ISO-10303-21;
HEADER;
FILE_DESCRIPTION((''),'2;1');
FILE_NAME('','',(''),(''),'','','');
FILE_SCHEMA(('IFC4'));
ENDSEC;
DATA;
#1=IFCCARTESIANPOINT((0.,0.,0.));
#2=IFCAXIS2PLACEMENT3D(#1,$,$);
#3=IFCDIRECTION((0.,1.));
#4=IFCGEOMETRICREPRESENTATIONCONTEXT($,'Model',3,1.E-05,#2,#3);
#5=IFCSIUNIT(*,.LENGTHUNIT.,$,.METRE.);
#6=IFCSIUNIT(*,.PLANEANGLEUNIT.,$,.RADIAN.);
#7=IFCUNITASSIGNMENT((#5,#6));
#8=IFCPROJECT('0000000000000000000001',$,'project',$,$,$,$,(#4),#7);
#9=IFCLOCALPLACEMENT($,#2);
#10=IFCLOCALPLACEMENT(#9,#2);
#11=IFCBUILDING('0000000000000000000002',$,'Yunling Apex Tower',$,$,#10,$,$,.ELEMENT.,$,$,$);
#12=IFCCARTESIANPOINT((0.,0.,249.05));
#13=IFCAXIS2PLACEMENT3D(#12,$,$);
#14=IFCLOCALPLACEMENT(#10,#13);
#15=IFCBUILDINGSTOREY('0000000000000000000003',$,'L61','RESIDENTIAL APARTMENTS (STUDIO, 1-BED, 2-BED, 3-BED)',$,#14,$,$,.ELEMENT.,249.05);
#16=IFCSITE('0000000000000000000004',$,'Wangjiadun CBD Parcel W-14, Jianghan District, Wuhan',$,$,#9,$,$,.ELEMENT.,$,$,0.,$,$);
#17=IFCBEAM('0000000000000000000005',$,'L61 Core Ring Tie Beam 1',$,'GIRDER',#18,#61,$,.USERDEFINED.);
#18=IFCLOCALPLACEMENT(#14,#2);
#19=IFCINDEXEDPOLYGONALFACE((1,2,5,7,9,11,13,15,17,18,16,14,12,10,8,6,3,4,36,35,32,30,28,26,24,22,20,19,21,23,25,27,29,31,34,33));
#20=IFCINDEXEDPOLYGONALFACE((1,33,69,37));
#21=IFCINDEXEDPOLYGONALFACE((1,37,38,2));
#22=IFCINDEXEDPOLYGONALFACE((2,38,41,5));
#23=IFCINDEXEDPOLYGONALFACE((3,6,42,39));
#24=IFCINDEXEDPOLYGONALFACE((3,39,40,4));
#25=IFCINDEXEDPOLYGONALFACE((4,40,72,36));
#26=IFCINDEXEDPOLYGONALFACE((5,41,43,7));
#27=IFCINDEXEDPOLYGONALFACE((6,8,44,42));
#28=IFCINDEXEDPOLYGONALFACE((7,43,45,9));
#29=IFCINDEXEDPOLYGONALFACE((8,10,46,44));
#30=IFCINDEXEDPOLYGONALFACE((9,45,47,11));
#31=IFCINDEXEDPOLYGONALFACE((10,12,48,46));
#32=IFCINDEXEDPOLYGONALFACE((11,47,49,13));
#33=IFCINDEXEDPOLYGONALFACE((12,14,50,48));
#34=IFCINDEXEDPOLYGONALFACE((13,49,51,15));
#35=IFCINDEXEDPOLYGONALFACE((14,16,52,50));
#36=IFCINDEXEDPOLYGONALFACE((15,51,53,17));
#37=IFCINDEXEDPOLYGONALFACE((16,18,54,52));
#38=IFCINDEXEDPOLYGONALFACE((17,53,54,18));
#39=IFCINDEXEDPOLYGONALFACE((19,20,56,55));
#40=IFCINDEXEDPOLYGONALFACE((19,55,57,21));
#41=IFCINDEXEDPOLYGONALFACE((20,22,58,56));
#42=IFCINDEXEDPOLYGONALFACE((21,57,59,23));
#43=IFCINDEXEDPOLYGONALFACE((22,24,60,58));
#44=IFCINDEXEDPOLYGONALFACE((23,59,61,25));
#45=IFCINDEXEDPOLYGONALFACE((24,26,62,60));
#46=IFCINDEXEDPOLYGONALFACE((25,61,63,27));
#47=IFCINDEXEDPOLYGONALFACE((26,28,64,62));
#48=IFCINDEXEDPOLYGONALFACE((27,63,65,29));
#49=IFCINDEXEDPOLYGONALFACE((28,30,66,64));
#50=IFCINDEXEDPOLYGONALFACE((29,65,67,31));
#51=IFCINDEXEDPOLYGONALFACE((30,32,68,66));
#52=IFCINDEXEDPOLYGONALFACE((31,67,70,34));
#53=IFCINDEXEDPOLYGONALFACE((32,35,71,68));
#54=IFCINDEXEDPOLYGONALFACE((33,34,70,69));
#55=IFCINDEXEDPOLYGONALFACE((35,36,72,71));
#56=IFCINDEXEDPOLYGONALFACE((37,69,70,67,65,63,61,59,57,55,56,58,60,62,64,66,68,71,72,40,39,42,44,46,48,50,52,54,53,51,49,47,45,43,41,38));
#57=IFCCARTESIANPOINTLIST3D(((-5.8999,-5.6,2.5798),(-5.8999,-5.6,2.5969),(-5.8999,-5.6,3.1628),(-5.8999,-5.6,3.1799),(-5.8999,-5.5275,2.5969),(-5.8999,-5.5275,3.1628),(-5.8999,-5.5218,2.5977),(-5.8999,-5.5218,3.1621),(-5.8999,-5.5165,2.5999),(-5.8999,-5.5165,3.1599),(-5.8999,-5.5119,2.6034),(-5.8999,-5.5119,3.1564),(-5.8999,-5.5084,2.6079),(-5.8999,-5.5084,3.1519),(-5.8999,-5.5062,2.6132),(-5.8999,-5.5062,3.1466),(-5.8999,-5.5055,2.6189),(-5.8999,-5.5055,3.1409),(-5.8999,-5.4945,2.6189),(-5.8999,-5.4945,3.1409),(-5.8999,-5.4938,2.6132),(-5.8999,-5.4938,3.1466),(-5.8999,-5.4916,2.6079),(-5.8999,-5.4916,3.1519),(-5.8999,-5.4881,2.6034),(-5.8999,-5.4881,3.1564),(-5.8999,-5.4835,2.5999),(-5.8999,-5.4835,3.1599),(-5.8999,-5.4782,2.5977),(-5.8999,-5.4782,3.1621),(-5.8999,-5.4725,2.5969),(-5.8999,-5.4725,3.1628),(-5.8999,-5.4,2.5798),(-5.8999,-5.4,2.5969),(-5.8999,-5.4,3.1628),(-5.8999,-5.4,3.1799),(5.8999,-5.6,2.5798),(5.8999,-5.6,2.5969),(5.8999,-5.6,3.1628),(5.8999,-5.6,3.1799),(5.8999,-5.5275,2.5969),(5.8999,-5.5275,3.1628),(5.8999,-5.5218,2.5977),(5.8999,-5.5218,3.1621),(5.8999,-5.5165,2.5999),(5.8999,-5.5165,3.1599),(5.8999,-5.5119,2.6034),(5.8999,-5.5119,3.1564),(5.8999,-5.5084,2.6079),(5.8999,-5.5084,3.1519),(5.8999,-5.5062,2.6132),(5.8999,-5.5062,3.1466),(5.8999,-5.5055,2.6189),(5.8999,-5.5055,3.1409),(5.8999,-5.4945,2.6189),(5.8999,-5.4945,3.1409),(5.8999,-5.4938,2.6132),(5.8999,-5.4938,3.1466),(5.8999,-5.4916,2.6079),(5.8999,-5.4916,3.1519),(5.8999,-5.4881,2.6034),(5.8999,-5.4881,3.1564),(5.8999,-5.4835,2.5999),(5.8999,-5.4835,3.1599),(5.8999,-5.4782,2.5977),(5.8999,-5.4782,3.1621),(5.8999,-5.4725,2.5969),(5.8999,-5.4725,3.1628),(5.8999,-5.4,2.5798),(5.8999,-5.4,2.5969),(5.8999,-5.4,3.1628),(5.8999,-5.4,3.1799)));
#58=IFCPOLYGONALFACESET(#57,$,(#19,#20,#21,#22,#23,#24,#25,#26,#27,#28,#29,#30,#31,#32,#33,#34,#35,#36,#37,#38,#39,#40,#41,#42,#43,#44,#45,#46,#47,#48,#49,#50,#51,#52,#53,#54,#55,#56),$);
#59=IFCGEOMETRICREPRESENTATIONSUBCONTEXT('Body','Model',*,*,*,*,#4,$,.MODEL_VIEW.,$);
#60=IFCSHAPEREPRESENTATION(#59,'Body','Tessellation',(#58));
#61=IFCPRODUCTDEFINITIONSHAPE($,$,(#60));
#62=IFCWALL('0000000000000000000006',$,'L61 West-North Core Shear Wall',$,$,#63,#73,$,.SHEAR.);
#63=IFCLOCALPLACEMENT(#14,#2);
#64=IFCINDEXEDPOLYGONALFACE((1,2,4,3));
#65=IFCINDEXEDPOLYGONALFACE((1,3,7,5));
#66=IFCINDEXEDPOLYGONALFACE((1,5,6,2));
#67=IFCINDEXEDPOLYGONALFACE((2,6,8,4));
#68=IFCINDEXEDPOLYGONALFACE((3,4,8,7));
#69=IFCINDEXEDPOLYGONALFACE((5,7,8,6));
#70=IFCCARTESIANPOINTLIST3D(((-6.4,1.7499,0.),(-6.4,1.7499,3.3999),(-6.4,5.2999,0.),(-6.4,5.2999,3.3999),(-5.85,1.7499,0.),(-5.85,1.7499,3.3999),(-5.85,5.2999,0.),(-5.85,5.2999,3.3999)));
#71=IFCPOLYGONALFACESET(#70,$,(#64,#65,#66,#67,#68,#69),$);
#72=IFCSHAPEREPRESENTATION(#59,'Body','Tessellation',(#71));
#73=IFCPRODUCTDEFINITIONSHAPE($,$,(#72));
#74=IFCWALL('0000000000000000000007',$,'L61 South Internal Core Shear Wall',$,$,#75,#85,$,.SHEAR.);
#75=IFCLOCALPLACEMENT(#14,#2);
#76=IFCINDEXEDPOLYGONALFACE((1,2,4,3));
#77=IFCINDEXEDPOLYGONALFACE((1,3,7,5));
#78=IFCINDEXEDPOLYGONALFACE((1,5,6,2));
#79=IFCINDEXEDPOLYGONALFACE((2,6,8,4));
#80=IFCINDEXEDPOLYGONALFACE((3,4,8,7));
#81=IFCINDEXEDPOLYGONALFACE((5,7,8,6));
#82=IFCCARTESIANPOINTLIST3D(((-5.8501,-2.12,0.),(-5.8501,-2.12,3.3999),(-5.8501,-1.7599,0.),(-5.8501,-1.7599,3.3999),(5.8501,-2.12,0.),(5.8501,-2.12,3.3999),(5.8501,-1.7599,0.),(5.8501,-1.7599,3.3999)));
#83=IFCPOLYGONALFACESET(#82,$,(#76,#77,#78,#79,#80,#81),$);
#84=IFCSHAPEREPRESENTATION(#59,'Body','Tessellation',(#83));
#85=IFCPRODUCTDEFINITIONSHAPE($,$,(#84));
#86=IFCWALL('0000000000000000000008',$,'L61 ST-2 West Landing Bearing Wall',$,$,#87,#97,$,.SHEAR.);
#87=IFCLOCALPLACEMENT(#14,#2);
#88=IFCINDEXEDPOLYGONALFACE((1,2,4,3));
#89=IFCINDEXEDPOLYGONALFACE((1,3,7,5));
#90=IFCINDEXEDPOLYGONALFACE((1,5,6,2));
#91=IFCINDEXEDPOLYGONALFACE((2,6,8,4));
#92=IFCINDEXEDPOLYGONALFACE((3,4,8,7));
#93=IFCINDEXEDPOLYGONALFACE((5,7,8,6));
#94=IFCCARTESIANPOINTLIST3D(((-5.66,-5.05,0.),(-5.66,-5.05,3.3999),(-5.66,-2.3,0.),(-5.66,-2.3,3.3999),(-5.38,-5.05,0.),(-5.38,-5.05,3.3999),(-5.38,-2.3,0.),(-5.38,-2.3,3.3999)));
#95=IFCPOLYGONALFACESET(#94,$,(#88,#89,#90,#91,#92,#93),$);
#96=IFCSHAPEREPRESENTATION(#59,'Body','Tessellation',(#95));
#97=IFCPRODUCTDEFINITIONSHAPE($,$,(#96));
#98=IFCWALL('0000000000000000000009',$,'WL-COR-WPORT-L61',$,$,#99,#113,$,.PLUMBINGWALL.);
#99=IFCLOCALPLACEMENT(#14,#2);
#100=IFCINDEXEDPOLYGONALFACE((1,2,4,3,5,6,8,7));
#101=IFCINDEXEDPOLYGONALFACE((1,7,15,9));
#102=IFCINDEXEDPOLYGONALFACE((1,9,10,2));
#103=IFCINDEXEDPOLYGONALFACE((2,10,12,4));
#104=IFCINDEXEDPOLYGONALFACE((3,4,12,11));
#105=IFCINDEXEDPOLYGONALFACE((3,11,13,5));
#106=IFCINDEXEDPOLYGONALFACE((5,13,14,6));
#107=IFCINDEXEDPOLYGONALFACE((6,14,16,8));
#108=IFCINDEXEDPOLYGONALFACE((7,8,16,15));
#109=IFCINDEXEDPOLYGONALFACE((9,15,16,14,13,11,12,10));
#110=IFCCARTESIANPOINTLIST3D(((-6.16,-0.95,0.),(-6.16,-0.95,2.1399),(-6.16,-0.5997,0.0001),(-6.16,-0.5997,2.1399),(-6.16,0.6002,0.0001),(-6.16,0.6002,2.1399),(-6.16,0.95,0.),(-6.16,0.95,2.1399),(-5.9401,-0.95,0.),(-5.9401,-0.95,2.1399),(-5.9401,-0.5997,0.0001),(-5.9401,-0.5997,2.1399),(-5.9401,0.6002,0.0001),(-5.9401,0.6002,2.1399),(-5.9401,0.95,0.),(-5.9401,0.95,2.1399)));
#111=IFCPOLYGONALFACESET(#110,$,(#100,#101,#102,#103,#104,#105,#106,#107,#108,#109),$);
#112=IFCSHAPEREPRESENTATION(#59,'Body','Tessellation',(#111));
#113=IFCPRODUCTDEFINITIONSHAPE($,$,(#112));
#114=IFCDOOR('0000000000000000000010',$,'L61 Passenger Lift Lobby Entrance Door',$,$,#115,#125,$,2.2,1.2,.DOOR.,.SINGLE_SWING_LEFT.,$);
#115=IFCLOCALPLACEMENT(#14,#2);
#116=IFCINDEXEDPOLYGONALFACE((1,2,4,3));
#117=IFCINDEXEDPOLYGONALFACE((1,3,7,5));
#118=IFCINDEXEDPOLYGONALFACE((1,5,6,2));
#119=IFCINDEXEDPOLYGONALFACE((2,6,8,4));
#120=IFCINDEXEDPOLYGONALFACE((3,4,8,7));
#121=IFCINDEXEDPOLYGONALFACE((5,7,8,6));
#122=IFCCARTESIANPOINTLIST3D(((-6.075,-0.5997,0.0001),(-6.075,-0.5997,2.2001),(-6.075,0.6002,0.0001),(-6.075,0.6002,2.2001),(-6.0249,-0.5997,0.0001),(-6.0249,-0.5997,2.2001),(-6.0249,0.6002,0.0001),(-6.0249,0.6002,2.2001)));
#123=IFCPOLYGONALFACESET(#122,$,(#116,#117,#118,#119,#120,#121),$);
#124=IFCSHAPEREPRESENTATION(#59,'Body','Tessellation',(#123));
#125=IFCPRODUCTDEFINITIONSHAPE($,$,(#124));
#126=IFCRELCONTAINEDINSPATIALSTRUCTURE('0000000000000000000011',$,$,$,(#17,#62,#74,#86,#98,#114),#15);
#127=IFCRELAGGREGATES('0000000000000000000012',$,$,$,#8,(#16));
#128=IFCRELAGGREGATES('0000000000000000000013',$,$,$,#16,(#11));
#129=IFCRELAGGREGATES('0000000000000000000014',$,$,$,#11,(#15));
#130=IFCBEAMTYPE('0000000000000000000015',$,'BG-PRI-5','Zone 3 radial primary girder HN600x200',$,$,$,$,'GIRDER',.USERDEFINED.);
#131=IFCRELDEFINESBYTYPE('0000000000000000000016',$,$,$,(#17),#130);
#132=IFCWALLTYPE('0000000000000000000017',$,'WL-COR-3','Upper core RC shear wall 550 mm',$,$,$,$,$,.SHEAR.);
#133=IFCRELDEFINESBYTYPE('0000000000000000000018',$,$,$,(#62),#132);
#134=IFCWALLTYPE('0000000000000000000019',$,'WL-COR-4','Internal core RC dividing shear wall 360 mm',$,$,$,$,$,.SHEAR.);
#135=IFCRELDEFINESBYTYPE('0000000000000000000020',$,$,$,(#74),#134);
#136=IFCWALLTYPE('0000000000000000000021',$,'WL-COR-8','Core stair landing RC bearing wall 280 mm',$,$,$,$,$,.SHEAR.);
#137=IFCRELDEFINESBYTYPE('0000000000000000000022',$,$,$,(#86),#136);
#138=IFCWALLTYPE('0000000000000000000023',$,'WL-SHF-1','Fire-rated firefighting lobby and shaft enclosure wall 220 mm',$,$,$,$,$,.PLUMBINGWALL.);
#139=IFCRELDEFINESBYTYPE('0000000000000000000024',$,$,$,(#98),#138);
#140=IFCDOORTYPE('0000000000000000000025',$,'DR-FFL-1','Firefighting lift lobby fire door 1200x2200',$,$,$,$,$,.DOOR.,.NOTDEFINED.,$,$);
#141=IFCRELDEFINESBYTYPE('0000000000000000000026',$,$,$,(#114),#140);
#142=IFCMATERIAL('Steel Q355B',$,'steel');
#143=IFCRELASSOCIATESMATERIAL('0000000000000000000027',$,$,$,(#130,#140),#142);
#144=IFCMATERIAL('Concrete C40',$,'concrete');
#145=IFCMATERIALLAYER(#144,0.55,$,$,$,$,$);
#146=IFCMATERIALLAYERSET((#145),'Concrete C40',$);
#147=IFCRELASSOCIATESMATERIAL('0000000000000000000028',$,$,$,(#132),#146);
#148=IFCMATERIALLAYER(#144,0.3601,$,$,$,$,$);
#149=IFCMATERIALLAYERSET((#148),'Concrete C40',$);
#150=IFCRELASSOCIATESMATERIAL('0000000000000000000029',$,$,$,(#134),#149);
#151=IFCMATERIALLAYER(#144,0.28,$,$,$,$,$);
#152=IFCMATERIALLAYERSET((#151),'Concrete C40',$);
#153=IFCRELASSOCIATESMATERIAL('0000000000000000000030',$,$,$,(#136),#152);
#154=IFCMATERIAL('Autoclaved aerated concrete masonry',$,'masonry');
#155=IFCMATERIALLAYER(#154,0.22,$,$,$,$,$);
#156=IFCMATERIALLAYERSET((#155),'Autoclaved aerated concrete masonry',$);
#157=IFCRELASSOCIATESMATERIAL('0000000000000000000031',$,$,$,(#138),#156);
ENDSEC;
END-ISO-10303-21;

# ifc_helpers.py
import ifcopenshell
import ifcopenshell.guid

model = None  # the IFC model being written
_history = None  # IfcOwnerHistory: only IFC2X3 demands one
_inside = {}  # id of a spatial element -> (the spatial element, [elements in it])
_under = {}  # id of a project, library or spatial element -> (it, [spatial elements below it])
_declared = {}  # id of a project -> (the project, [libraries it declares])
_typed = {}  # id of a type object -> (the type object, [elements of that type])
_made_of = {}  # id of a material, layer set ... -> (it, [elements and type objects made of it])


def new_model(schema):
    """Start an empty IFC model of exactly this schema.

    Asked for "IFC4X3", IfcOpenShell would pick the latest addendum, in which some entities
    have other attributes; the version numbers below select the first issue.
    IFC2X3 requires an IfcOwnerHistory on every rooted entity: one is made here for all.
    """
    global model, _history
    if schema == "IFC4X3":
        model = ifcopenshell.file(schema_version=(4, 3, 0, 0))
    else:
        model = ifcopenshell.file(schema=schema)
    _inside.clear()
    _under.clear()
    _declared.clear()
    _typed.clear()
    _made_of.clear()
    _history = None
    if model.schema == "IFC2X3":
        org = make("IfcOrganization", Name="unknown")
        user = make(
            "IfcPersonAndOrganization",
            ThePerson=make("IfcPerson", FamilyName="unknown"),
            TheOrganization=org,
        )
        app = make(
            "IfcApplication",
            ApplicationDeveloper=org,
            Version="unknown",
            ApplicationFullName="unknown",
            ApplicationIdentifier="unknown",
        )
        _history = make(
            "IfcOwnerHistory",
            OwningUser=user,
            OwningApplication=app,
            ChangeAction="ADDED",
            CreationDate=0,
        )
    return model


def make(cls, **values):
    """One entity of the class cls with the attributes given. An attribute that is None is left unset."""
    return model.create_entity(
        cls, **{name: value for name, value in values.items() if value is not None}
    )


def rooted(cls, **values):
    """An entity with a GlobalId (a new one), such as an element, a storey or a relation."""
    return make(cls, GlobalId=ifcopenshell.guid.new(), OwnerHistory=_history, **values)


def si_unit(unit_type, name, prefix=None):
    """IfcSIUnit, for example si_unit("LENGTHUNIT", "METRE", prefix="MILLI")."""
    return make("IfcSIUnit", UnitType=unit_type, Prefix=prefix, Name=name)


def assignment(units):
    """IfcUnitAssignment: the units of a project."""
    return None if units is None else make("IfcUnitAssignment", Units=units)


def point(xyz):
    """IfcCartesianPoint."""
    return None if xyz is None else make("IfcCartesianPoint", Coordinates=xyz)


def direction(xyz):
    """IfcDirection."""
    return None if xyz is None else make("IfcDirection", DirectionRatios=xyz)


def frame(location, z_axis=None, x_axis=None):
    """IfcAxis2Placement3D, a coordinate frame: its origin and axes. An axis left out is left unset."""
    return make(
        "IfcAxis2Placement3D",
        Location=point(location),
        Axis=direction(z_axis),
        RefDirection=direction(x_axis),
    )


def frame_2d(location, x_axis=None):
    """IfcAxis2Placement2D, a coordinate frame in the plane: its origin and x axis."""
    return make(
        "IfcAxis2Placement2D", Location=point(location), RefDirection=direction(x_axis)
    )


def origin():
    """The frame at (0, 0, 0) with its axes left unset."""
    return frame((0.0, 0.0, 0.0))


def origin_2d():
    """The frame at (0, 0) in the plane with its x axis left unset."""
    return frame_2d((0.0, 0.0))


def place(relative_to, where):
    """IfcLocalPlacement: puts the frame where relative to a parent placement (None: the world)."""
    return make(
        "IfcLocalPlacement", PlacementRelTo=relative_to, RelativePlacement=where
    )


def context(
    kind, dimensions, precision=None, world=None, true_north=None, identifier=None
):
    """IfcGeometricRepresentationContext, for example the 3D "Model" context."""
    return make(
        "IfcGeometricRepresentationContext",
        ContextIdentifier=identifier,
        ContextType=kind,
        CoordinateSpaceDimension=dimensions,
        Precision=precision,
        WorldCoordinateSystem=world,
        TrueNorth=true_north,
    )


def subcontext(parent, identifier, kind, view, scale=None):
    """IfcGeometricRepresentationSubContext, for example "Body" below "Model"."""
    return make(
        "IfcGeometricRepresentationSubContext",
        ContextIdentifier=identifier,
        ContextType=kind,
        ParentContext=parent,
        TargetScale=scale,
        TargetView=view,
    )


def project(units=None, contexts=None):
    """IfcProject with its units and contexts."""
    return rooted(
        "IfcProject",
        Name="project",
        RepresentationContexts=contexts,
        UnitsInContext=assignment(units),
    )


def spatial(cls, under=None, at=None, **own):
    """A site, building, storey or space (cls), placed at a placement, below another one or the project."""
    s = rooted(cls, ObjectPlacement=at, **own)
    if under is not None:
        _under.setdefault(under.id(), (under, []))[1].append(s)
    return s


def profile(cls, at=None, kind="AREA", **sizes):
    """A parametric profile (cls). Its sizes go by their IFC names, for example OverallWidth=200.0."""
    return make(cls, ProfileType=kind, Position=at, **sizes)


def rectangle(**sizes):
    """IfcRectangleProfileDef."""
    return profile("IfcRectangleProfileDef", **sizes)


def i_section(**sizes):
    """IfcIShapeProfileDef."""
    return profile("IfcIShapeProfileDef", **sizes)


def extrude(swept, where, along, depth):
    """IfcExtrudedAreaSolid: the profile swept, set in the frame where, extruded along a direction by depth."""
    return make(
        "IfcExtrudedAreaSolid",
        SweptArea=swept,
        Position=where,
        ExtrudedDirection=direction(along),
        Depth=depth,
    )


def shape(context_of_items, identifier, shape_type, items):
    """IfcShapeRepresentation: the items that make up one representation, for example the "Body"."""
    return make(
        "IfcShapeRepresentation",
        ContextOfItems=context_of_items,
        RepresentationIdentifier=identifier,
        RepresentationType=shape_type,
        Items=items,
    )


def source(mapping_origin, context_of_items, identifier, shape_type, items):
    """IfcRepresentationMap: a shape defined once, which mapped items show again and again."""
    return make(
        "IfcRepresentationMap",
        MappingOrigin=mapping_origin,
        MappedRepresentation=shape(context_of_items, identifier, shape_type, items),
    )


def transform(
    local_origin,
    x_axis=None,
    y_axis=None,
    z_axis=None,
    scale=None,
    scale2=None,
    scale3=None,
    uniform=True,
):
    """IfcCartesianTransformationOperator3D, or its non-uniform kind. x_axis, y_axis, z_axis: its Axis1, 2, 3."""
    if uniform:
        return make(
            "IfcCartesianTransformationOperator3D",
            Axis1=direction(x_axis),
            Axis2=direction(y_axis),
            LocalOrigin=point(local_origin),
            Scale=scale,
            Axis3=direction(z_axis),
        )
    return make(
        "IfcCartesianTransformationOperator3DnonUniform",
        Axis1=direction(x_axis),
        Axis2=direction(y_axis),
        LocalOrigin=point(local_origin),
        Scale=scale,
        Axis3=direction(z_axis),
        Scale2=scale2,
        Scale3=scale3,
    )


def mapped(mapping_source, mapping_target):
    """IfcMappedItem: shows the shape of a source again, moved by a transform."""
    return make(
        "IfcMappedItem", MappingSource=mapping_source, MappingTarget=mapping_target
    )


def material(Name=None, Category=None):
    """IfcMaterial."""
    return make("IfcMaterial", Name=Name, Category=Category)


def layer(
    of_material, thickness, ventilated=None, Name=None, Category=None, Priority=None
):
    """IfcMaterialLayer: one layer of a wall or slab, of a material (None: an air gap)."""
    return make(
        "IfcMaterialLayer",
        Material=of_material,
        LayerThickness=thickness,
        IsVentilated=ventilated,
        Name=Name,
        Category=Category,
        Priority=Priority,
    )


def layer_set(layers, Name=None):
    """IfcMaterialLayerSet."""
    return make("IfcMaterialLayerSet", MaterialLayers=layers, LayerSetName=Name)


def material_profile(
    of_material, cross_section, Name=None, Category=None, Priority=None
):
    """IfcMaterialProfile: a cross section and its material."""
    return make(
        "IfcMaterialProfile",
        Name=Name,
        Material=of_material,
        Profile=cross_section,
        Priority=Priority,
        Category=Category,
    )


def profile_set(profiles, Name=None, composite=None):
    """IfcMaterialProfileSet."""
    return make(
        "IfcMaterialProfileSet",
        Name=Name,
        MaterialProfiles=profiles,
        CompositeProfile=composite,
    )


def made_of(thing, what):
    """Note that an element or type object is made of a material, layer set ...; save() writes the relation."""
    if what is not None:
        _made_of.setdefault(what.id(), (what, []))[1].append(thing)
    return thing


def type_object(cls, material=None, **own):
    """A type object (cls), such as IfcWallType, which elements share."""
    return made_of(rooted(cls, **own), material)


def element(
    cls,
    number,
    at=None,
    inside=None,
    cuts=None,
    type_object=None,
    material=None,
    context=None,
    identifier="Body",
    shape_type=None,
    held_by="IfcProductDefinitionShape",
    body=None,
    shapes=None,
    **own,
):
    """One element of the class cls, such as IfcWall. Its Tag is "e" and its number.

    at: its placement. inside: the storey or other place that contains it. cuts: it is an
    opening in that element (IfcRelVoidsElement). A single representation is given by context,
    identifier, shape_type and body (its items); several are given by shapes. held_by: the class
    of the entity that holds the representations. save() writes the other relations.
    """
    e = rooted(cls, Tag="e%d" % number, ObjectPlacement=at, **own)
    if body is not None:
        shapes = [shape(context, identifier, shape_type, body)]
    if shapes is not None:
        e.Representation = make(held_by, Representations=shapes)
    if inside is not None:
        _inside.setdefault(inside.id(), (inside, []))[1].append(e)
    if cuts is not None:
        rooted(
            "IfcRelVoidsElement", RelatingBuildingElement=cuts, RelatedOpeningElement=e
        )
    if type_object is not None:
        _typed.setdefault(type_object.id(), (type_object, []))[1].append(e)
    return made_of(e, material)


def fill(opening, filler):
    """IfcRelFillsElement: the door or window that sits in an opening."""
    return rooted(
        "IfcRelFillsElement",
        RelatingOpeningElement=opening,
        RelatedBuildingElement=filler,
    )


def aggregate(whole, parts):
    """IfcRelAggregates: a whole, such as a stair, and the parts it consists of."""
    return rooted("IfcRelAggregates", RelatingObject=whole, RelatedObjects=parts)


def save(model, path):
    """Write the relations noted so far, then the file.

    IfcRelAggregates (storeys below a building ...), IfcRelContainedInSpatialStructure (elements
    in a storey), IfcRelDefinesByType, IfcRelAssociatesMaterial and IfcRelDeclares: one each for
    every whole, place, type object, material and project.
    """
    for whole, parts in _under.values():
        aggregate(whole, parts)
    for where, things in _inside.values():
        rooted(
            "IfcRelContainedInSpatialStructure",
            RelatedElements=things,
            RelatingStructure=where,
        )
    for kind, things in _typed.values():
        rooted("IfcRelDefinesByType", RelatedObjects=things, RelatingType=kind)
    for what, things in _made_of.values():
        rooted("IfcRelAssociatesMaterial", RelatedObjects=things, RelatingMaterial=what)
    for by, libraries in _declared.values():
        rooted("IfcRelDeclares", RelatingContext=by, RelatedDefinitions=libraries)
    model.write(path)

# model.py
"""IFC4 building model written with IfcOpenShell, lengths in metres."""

from ifc_helpers import new_model, si_unit, direction, frame, frame_2d, origin, origin_2d, place, context, subcontext, project, spatial, rectangle, i_section, extrude, source, transform, mapped, material, layer, layer_set, material_profile, profile_set, type_object, element, fill, save


model = new_model("IFC4")

# Units and contexts
model_context = context("Model", 3, precision=1e-05, world=origin(), true_north=direction((0.0, 1.0)))
body_context = subcontext(model_context, "Body", "Model", "MODEL_VIEW")
ifc_project = project(units=[si_unit("LENGTHUNIT", "METRE"), si_unit("PLANEANGLEUNIT", "RADIAN")], contexts=[model_context])

# Site, building, storey
site_placement = place(None, origin())
site = spatial("IfcSite", under=ifc_project, at=site_placement, Name="Wangjiadun CBD Parcel W-14, Jianghan District, Wuhan", CompositionType="ELEMENT", RefElevation=0.0)
building_placement = place(site_placement, origin())
building = spatial("IfcBuilding", under=site, at=building_placement, Name="Yunling Apex Tower", CompositionType="ELEMENT")
storey_placement = place(building_placement, frame((0.0, 0.0, 249.05)))
storey = spatial("IfcBuildingStorey", under=building, at=storey_placement, Name="L61", Description="RESIDENTIAL APARTMENTS (STUDIO, 1-BED, 2-BED, 3-BED)", CompositionType="ELEMENT", Elevation=249.05)

# Beam
ifc_material_1 = material(Name="Steel Q355B", Category="steel")
ifc_material_2 = material(Name="Concrete C40", Category="concrete")
ifc_material_profile_1 = material_profile(ifc_material_1, i_section(OverallWidth=0.2, OverallDepth=0.6001, WebThickness=0.011, FlangeThickness=0.0171, FilletRadius=0.022, at=origin_2d()))
ifc_profile_set_1 = profile_set([ifc_material_profile_1], Name="Steel Q355B")
beam_type_1 = type_object("IfcBeamType", Name="BG-PRI-5", Description="Zone 3 radial primary girder HN600x200", ElementType="GIRDER", PredefinedType="USERDEFINED", material=ifc_profile_set_1)
shared_shape_1 = source(origin(), body_context, "Body", "SweptSolid", [
    extrude(i_section(OverallWidth=0.2, OverallDepth=0.6001, WebThickness=0.011, FlangeThickness=0.0171, FilletRadius=0.022, at=origin_2d()), origin(), (0.0, 0.0, 1.0), 11.7998),
])
beam_1_placement = place(storey_placement, frame((-5.8999, -5.5, 2.8799), z_axis=(1.0, 0.0, 0.0), x_axis=(0.0, 1.0, 0.0)))
element("IfcBeam", 1, at=beam_1_placement, inside=storey, type_object=beam_type_1, Name="L61 Core Ring Tie Beam 1", ObjectType="GIRDER", PredefinedType="USERDEFINED", context=body_context, shape_type="MappedRepresentation", body=[
    mapped(shared_shape_1, transform((0.0, 0.0, 0.0), scale=1.0)),
])

# Walls
ifc_layer_1 = layer(ifc_material_2, 0.55)
ifc_layer_set_1 = layer_set([ifc_layer_1], Name="Concrete C40")
wall_type_1 = type_object("IfcWallType", Name="WL-COR-3", Description="Upper core RC shear wall 550 mm", PredefinedType="SHEAR", material=ifc_layer_set_1)
wall_1_placement = place(storey_placement, frame((-6.125, 1.75, 0.0), z_axis=(0.0, 0.0, 1.0), x_axis=(0.0, 1.0, 0.0)))
element("IfcWall", 2, at=wall_1_placement, inside=storey, type_object=wall_type_1, Name="L61 West-North Core Shear Wall", PredefinedType="SHEAR", context=body_context, shape_type="SweptSolid", body=[
    extrude(rectangle(XDim=3.55, YDim=0.55, at=frame_2d((1.7749, 0.0))), origin(), (0.0, 0.0, 1.0), 3.3999),
])
ifc_layer_2 = layer(ifc_material_2, 0.3601)
ifc_layer_set_2 = layer_set([ifc_layer_2], Name="Concrete C40")
wall_type_2 = type_object("IfcWallType", Name="WL-COR-4", Description="Internal core RC dividing shear wall 360 mm", PredefinedType="SHEAR", material=ifc_layer_set_2)
wall_2_placement = place(storey_placement, frame((-5.8501, -1.9399, 0.0), z_axis=(0.0, 0.0, 1.0), x_axis=(1.0, 0.0, 0.0)))
element("IfcWall", 3, at=wall_2_placement, inside=storey, type_object=wall_type_2, Name="L61 South Internal Core Shear Wall", PredefinedType="SHEAR", context=body_context, shape_type="SweptSolid", body=[
    extrude(rectangle(XDim=11.7002, YDim=0.3601, at=frame_2d((5.8501, 0.0))), origin(), (0.0, 0.0, 1.0), 3.3999),
])
ifc_layer_3 = layer(ifc_material_2, 0.28)
ifc_layer_set_3 = layer_set([ifc_layer_3], Name="Concrete C40")
wall_type_3 = type_object("IfcWallType", Name="WL-COR-8", Description="Core stair landing RC bearing wall 280 mm", PredefinedType="SHEAR", material=ifc_layer_set_3)
wall_3_placement = place(storey_placement, frame((-5.52, -5.05, 0.0), z_axis=(0.0, 0.0, 1.0), x_axis=(0.0, 1.0, 0.0)))
element("IfcWall", 4, at=wall_3_placement, inside=storey, type_object=wall_type_3, Name="L61 ST-2 West Landing Bearing Wall", PredefinedType="SHEAR", context=body_context, shape_type="SweptSolid", body=[
    extrude(rectangle(XDim=2.75, YDim=0.28, at=frame_2d((1.375, 0.0))), origin(), (0.0, 0.0, 1.0), 3.3999),
])

# Wall, opening, door
ifc_material_3 = material(Name="Autoclaved aerated concrete masonry", Category="masonry")
ifc_layer_4 = layer(ifc_material_3, 0.22)
ifc_layer_set_4 = layer_set([ifc_layer_4], Name="Autoclaved aerated concrete masonry")
wall_type_4 = type_object("IfcWallType", Name="WL-SHF-1", Description="Fire-rated firefighting lobby and shaft enclosure wall 220 mm", PredefinedType="PLUMBINGWALL", material=ifc_layer_set_4)
wall_4_placement = place(storey_placement, frame((-6.05, -0.95, 0.0), z_axis=(0.0, 0.0, 1.0), x_axis=(0.0, 1.0, 0.0)))
wall_4 = element("IfcWall", 5, at=wall_4_placement, inside=storey, type_object=wall_type_4, Name="WL-COR-WPORT-L61", PredefinedType="PLUMBINGWALL", context=body_context, shape_type="SweptSolid", body=[
    extrude(rectangle(XDim=1.8999, YDim=0.22, at=frame_2d((0.95, 0.0))), origin(), (0.0, 0.0, 1.0), 2.1399),
])
opening_1_placement = place(wall_4_placement, frame((0.3501, 0.0, 0.0)))
opening_1 = element("IfcOpeningElement", 6, at=opening_1_placement, cuts=wall_4, PredefinedType="OPENING", context=body_context, shape_type="SweptSolid", body=[
    extrude(rectangle(XDim=1.2, YDim=2.2, at=frame_2d((0.6001, 1.1001))), frame((0.0, 0.1201, 0.0), z_axis=(0.0, -1.0, 0.0), x_axis=(1.0, 0.0, 0.0)), (0.0, 0.0, 1.0), 0.24),
])
door_type_1 = type_object("IfcDoorType", Name="DR-FFL-1", Description="Firefighting lift lobby fire door 1200x2200", OperationType="NOTDEFINED", PredefinedType="DOOR", material=ifc_material_1)
door_1_placement = place(opening_1_placement, origin())
door_1 = element("IfcDoor", 7, at=door_1_placement, inside=storey, type_object=door_type_1, Name="L61 Passenger Lift Lobby Entrance Door", OperationType="SINGLE_SWING_LEFT", OverallHeight=2.2, OverallWidth=1.2, PredefinedType="DOOR", context=body_context, shape_type="SweptSolid", body=[
    extrude(rectangle(XDim=1.2, YDim=2.2, at=frame_2d((0.6001, 1.1001))), frame((0.0, 0.0249, 0.0), z_axis=(0.0, -1.0, 0.0), x_axis=(1.0, 0.0, 0.0)), (0.0, 0.0, 1.0), 0.05),
])
fill(opening_1, door_1)

save(model, "model.ifc")
